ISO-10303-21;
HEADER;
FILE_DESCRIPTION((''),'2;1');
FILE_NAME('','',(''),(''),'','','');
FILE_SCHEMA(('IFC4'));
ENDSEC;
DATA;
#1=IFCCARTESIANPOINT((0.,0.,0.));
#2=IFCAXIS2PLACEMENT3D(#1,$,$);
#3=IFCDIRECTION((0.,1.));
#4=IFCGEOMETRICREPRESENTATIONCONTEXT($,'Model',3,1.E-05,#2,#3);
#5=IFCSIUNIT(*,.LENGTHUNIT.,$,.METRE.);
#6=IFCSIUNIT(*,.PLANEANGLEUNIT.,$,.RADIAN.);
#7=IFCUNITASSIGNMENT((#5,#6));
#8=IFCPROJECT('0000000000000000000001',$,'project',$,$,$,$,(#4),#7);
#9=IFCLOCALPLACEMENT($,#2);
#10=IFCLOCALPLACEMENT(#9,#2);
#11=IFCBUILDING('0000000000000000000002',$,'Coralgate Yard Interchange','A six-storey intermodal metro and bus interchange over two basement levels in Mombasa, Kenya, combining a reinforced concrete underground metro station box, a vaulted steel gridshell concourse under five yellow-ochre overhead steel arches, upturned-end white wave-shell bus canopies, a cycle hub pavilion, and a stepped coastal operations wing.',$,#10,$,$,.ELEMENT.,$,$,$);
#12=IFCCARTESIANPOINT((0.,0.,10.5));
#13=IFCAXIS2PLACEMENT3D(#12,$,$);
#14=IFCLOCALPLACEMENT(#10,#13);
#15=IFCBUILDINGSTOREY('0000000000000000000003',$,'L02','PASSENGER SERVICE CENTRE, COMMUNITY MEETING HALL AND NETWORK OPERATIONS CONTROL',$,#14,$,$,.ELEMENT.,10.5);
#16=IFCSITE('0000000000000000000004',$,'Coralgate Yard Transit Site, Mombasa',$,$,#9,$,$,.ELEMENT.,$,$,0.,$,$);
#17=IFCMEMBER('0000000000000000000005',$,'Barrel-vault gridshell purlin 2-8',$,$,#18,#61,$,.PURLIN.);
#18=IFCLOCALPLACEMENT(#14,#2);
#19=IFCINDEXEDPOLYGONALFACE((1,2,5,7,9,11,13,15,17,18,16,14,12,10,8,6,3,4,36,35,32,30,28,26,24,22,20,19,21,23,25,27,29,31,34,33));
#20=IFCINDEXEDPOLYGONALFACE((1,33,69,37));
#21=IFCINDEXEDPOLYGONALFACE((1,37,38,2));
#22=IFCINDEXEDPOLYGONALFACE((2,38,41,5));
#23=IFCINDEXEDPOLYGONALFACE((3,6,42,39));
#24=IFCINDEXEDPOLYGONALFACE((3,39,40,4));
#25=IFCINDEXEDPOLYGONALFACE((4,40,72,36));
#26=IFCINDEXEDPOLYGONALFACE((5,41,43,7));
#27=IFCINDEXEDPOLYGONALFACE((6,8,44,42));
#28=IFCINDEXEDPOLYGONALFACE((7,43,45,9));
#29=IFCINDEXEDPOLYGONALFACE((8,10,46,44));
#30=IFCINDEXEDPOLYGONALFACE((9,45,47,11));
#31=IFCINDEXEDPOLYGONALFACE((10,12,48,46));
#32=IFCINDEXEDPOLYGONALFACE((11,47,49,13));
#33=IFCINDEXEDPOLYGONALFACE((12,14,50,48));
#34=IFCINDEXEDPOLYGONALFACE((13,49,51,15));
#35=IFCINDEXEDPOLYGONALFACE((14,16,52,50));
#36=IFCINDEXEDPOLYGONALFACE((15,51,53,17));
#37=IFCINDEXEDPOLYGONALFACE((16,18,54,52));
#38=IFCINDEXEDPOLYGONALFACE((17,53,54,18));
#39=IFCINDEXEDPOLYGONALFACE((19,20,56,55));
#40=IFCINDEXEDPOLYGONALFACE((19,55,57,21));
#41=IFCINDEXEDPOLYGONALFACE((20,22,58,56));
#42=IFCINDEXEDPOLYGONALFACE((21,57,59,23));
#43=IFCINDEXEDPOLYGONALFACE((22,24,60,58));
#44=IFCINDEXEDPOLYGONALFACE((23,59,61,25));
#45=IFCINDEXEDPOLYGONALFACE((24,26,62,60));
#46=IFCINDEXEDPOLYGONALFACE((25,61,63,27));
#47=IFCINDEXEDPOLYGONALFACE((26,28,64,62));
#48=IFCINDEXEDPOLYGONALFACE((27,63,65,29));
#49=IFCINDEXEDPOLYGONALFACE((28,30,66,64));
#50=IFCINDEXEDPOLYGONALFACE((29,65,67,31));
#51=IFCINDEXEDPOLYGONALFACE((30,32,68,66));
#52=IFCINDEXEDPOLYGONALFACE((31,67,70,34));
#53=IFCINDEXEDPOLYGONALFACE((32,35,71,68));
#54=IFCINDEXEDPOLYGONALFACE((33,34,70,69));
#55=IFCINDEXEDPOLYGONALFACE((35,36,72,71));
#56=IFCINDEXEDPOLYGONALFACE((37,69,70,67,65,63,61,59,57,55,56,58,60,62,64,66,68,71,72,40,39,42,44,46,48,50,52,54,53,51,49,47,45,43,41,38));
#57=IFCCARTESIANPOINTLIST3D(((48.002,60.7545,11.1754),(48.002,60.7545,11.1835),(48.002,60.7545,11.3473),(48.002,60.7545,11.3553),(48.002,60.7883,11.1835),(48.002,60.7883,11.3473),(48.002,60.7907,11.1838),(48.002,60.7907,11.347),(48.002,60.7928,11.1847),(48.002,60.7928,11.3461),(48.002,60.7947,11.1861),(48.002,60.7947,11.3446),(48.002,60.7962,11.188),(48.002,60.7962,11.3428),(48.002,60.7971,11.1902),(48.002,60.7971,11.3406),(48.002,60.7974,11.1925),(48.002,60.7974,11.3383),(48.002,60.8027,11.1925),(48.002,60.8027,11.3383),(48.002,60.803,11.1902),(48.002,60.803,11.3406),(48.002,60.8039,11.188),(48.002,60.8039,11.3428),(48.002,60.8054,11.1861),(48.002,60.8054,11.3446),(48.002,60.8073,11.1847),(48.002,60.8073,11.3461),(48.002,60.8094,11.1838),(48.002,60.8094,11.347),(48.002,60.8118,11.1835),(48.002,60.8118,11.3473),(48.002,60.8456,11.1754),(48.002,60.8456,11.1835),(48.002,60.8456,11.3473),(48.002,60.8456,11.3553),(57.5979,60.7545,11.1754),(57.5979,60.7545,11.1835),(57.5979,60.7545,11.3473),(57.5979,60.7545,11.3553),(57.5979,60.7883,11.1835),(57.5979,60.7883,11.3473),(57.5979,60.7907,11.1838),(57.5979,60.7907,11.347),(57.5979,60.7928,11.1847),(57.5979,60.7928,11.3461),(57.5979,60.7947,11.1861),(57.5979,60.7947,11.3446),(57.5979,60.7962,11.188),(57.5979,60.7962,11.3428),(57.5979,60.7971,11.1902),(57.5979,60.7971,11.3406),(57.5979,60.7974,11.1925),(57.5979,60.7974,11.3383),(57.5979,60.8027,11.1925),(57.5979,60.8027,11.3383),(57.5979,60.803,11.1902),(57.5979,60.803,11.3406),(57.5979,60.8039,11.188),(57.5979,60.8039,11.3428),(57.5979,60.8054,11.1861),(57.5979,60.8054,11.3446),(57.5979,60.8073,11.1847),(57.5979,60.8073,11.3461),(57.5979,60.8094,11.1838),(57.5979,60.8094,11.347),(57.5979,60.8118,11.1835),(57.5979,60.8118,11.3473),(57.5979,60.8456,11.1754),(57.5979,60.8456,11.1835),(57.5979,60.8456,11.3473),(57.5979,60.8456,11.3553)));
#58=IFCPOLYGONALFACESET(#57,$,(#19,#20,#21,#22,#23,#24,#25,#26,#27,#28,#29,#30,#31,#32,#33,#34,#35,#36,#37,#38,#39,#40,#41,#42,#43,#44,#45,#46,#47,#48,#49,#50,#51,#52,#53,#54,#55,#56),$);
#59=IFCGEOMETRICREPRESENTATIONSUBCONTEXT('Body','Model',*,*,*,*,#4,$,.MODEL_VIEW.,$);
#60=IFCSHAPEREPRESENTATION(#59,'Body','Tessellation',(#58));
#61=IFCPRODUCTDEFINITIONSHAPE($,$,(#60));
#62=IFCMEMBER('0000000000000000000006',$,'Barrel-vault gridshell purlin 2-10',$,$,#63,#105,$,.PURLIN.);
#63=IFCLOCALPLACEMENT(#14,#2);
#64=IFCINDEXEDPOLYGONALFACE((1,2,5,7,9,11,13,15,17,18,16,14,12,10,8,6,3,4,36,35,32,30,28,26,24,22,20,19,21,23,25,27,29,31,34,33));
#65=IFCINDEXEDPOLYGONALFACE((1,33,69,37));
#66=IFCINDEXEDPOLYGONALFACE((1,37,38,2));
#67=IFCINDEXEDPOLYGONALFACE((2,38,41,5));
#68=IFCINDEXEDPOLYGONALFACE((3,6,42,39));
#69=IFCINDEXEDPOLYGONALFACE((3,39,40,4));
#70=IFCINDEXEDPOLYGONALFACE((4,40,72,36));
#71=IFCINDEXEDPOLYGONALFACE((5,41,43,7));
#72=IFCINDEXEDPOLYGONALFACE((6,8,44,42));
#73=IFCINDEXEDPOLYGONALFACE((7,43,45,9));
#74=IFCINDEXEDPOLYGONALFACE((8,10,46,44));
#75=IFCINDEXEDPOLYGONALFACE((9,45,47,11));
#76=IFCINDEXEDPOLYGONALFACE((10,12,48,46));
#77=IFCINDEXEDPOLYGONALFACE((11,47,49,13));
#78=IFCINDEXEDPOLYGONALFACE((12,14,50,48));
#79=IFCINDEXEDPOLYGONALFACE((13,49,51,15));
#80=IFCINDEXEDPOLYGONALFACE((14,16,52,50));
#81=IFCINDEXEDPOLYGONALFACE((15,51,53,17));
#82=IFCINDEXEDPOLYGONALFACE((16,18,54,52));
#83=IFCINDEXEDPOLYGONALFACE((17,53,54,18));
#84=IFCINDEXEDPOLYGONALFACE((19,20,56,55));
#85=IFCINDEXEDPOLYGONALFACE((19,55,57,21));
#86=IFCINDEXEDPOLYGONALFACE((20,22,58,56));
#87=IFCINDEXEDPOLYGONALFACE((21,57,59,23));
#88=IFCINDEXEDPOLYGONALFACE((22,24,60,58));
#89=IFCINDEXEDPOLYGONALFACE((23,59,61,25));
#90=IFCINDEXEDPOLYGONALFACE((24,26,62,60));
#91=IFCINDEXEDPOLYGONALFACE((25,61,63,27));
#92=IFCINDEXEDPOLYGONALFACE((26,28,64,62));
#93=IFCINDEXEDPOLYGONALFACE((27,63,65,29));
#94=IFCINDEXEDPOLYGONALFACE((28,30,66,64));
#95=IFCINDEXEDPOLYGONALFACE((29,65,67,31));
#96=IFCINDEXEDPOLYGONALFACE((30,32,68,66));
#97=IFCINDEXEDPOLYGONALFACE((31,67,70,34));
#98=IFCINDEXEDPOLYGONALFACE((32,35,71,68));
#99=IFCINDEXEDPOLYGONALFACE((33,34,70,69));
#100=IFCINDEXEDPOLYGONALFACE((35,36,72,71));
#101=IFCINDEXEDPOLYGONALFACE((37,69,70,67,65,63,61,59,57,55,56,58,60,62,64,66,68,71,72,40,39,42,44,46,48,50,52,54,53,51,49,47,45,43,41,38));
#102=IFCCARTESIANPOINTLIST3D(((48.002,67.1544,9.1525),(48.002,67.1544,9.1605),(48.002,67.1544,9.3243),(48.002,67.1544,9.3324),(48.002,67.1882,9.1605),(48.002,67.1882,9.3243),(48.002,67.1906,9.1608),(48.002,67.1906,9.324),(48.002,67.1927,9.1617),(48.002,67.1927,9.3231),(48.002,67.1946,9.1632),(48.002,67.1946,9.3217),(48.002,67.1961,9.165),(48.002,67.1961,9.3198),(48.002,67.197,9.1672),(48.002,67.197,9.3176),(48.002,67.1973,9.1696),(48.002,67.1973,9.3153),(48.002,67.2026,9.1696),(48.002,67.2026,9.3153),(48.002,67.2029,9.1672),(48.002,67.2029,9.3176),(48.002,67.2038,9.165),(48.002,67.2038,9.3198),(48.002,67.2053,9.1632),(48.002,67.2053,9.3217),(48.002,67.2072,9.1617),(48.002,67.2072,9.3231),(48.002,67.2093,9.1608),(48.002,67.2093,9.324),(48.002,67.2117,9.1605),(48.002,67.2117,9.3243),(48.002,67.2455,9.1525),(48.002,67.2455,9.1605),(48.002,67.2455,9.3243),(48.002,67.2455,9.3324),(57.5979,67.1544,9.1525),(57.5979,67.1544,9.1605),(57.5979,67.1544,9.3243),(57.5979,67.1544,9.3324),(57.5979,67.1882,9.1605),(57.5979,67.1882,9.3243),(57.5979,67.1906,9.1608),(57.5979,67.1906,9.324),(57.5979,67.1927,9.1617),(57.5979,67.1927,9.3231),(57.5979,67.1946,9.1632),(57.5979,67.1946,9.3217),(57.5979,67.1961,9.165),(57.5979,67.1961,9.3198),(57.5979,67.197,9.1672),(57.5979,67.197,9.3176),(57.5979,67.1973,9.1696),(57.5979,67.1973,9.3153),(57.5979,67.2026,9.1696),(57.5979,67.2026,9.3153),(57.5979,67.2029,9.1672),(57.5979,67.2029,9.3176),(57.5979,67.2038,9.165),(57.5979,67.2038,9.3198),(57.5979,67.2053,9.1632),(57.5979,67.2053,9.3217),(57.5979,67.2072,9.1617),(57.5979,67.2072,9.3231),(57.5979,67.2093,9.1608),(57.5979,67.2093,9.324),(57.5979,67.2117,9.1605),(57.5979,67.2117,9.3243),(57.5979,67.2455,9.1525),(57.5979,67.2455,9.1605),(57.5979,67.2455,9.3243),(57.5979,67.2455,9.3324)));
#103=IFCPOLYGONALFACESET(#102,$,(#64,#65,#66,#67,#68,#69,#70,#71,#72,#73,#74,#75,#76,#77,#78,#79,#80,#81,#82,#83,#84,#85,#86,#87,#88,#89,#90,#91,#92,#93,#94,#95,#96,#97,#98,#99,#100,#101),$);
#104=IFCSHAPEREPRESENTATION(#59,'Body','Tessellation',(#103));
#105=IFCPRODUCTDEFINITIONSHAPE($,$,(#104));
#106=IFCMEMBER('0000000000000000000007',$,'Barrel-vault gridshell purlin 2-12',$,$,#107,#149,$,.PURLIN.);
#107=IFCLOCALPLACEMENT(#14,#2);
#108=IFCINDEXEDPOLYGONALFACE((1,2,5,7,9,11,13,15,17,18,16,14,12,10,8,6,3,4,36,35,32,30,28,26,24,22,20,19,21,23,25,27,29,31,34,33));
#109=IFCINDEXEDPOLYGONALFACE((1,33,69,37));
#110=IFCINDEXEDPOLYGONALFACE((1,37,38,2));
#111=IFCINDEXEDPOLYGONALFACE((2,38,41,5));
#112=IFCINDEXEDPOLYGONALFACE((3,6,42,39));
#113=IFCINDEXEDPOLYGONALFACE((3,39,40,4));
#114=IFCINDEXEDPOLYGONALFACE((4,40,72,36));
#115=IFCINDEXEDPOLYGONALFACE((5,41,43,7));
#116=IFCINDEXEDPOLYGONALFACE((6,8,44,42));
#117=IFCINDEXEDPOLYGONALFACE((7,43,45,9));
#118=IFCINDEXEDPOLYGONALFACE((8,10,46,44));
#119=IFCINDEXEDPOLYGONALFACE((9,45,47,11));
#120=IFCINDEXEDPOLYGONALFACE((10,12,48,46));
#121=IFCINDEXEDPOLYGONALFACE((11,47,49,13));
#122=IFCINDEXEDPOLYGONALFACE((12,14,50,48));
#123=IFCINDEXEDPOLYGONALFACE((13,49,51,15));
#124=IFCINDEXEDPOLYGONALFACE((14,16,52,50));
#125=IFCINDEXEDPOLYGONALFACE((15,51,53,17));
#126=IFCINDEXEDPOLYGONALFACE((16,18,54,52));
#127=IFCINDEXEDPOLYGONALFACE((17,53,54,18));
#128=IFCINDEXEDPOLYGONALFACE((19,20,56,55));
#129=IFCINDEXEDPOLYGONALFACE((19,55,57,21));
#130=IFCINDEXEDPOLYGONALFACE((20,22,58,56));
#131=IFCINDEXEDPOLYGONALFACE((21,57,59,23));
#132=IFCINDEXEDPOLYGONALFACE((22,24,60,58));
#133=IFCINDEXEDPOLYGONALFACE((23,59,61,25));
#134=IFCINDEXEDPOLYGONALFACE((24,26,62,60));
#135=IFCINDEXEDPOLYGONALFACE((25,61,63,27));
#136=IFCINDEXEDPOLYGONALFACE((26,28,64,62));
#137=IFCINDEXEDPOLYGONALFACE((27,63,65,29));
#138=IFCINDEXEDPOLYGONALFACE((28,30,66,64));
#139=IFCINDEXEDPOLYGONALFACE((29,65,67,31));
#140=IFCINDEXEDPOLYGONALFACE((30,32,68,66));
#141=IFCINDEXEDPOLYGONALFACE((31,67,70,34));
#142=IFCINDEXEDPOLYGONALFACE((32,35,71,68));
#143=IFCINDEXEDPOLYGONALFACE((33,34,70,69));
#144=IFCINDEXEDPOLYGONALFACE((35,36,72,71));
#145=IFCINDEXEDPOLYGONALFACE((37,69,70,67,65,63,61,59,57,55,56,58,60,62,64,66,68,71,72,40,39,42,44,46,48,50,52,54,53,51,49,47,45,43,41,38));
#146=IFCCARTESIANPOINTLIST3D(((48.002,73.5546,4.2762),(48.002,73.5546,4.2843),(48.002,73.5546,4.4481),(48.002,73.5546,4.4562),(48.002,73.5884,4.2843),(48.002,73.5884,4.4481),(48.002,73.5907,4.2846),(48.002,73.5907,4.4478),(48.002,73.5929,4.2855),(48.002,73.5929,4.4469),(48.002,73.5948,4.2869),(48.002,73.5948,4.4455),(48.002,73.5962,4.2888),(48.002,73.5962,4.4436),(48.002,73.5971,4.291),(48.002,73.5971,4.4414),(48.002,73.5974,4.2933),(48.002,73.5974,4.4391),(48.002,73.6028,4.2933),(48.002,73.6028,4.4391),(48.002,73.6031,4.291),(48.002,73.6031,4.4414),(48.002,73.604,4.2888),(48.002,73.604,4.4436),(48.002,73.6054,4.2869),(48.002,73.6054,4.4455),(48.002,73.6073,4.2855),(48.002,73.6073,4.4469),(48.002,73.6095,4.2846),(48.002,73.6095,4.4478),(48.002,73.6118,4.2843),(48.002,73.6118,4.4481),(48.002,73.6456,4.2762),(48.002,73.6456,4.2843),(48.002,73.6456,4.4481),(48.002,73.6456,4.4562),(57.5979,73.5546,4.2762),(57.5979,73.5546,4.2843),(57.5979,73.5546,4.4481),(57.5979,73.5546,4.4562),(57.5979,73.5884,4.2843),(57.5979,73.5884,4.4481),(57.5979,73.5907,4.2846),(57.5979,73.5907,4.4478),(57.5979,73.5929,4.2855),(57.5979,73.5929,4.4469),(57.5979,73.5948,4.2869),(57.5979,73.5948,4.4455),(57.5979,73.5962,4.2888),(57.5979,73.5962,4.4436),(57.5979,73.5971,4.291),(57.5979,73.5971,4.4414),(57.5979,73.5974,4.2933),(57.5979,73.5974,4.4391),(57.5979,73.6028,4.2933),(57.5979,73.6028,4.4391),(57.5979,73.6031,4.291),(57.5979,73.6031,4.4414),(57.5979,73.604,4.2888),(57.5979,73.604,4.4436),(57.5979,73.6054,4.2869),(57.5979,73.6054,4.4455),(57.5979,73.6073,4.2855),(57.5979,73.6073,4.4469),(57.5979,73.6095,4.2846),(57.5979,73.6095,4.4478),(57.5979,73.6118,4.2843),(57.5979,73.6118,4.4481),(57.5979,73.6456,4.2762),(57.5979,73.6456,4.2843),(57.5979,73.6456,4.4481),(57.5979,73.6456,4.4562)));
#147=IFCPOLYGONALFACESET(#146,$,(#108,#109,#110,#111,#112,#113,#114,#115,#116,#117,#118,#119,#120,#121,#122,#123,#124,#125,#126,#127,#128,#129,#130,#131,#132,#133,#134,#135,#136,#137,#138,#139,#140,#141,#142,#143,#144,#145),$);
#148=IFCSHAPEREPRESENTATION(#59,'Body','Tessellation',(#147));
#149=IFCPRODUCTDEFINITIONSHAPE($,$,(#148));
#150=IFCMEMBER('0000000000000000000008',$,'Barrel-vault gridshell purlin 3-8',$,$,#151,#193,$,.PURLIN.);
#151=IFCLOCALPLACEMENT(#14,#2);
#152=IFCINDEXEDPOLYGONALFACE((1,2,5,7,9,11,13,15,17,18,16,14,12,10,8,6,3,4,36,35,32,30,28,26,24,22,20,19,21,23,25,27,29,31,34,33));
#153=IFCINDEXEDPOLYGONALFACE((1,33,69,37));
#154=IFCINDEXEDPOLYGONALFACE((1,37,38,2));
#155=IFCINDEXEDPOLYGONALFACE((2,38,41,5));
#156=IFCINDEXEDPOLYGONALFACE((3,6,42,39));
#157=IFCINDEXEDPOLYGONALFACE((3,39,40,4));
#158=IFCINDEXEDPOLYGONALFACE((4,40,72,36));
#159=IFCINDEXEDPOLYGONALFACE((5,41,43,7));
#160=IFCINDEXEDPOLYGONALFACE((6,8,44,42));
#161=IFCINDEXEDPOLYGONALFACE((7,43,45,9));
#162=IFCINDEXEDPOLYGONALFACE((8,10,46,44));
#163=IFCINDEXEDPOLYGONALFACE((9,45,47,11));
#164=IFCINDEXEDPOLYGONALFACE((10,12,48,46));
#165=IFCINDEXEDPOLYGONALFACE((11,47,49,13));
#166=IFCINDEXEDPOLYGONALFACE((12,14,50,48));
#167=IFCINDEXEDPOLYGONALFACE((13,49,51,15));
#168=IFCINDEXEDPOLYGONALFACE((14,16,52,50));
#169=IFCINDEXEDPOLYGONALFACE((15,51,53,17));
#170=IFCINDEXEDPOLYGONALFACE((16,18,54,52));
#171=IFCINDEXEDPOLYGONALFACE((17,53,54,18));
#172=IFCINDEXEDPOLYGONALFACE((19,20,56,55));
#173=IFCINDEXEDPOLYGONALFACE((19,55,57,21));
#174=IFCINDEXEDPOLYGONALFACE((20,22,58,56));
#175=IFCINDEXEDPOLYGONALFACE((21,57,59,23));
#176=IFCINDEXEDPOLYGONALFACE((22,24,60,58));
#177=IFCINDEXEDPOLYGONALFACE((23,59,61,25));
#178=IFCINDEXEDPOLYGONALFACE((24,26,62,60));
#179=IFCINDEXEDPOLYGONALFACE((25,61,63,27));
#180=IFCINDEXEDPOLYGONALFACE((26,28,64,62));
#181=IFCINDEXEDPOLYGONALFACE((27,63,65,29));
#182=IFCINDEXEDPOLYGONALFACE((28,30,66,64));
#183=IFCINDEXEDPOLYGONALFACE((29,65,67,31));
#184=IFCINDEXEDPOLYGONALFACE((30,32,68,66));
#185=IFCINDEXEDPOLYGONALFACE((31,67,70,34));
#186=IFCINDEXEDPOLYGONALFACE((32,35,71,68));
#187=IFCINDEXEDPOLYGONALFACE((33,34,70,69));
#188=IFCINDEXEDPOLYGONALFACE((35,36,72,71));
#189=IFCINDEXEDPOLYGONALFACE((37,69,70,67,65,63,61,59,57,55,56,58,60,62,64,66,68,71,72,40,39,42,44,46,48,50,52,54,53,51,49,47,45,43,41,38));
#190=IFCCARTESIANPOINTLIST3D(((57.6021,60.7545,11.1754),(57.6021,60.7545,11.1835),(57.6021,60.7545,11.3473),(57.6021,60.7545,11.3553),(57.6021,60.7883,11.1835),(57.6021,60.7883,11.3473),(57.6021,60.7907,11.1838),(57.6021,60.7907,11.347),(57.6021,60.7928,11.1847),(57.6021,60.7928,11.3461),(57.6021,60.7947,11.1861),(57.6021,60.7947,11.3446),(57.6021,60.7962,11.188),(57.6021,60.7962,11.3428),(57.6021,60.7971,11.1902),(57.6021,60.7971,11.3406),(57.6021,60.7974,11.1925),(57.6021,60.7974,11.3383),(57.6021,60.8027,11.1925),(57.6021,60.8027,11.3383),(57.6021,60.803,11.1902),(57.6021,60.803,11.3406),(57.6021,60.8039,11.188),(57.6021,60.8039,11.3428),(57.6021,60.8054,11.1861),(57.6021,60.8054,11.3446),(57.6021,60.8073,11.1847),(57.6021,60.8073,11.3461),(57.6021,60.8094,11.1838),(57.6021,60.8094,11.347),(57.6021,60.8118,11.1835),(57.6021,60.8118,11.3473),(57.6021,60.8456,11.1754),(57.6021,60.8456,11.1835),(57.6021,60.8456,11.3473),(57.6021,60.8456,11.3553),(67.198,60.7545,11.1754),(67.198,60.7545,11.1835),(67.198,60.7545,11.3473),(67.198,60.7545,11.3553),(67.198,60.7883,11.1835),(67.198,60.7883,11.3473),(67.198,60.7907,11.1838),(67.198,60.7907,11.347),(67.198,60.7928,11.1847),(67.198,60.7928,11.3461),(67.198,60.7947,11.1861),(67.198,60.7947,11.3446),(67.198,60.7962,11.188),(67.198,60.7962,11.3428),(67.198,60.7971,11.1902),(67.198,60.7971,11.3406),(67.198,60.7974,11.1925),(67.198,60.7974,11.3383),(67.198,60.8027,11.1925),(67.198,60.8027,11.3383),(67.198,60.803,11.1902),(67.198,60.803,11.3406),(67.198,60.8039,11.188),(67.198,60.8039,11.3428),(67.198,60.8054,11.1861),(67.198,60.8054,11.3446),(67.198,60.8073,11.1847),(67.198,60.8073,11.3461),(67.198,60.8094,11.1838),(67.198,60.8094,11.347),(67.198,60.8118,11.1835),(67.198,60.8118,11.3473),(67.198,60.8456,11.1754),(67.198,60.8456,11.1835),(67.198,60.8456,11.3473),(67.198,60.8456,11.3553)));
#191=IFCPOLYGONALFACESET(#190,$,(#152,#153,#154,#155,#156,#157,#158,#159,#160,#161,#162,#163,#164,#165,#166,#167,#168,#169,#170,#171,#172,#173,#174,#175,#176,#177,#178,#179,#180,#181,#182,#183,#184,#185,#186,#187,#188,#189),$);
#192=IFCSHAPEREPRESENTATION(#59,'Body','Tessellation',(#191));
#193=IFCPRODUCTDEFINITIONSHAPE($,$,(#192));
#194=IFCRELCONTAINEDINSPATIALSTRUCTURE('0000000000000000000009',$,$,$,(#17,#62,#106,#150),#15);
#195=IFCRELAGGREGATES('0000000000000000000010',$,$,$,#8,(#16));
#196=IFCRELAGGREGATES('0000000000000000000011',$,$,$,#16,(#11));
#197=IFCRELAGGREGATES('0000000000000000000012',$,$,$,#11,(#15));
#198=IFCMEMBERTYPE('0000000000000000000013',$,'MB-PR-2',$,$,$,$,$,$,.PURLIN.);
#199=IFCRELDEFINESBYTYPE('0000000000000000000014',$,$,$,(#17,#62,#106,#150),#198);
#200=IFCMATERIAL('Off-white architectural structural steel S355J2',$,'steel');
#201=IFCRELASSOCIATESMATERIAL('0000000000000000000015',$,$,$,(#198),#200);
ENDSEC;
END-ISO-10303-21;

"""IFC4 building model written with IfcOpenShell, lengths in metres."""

from ifc_helpers import new_model, si_unit, direction, frame, origin, origin_2d, place, context, subcontext, project, spatial, i_section, extrude, material, material_profile, profile_set, type_object, element, save


model = new_model("IFC4")

# Units and contexts
model_context = context("Model", 3, precision=1e-05, world=origin(), true_north=direction((0.0, 1.0)))
body_context = subcontext(model_context, "Body", "Model", "MODEL_VIEW")
ifc_project = project(units=[si_unit("LENGTHUNIT", "METRE"), si_unit("PLANEANGLEUNIT", "RADIAN")], contexts=[model_context])

# Site, building, storey
site_placement = place(None, origin())
site = spatial("IfcSite", under=ifc_project, at=site_placement, Name="Coralgate Yard Transit Site, Mombasa", CompositionType="ELEMENT", RefElevation=0.0)
building_placement = place(site_placement, origin())
building = spatial("IfcBuilding", under=site, at=building_placement, Name="Coralgate Yard Interchange", Description="A six-storey intermodal metro and bus interchange over two basement levels in Mombasa, Kenya, combining a reinforced concrete underground metro station box, a vaulted steel gridshell concourse under five yellow-ochre overhead steel arches, upturned-end white wave-shell bus canopies, a cycle hub pavilion, and a stepped coastal operations wing.", CompositionType="ELEMENT")
storey_placement = place(building_placement, frame((0.0, 0.0, 10.5)))
storey = spatial("IfcBuildingStorey", under=building, at=storey_placement, Name="L02", Description="PASSENGER SERVICE CENTRE, COMMUNITY MEETING HALL AND NETWORK OPERATIONS CONTROL", CompositionType="ELEMENT", Elevation=10.5)

# Members
ifc_material_1 = material(Name="Off-white architectural structural steel S355J2", Category="steel")
ifc_material_profile_1 = material_profile(ifc_material_1, i_section(OverallWidth=0.0911, OverallDepth=0.1799, WebThickness=0.0054, FlangeThickness=0.0081, FilletRadius=0.009, at=origin_2d()), Name="IPE 180")
ifc_profile_set_1 = profile_set([ifc_material_profile_1], Name="Off-white architectural structural steel S355J2")
member_type_1 = type_object("IfcMemberType", Name="MB-PR-2", PredefinedType="PURLIN", material=ifc_profile_set_1)
for number, where, z_axis, x_axis, name in (
    (1, (48.002, 60.8, 11.2654), (1.0, 0.0, 0.0), (0.0, 1.0, 0.0), "Barrel-vault gridshell purlin 2-8"),
    (2, (48.002, 67.2, 9.2424), (1.0, 0.0, 0.0), (0.0, 1.0, 0.0), "Barrel-vault gridshell purlin 2-10"),
    (3, (48.002, 73.6001, 4.3662), (1.0, 0.0, 0.0), (0.0, 1.0, 0.0), "Barrel-vault gridshell purlin 2-12"),
    (4, (57.6021, 60.8, 11.2654), (1.0, 0.0, 0.0), (0.0, 1.0, 0.0), "Barrel-vault gridshell purlin 3-8"),
):
    element("IfcMember", number, at=place(storey_placement, frame(where, z_axis=z_axis, x_axis=x_axis)), inside=storey, type_object=member_type_1, Name=name, PredefinedType="PURLIN", context=body_context, shape_type="SweptSolid", body=[
        extrude(i_section(OverallWidth=0.0911, OverallDepth=0.1799, WebThickness=0.0054, FlangeThickness=0.0081, FilletRadius=0.009, at=origin_2d()), origin(), (0.0, 0.0, 1.0), 9.5959),
    ])

save(model, "model.ifc")
